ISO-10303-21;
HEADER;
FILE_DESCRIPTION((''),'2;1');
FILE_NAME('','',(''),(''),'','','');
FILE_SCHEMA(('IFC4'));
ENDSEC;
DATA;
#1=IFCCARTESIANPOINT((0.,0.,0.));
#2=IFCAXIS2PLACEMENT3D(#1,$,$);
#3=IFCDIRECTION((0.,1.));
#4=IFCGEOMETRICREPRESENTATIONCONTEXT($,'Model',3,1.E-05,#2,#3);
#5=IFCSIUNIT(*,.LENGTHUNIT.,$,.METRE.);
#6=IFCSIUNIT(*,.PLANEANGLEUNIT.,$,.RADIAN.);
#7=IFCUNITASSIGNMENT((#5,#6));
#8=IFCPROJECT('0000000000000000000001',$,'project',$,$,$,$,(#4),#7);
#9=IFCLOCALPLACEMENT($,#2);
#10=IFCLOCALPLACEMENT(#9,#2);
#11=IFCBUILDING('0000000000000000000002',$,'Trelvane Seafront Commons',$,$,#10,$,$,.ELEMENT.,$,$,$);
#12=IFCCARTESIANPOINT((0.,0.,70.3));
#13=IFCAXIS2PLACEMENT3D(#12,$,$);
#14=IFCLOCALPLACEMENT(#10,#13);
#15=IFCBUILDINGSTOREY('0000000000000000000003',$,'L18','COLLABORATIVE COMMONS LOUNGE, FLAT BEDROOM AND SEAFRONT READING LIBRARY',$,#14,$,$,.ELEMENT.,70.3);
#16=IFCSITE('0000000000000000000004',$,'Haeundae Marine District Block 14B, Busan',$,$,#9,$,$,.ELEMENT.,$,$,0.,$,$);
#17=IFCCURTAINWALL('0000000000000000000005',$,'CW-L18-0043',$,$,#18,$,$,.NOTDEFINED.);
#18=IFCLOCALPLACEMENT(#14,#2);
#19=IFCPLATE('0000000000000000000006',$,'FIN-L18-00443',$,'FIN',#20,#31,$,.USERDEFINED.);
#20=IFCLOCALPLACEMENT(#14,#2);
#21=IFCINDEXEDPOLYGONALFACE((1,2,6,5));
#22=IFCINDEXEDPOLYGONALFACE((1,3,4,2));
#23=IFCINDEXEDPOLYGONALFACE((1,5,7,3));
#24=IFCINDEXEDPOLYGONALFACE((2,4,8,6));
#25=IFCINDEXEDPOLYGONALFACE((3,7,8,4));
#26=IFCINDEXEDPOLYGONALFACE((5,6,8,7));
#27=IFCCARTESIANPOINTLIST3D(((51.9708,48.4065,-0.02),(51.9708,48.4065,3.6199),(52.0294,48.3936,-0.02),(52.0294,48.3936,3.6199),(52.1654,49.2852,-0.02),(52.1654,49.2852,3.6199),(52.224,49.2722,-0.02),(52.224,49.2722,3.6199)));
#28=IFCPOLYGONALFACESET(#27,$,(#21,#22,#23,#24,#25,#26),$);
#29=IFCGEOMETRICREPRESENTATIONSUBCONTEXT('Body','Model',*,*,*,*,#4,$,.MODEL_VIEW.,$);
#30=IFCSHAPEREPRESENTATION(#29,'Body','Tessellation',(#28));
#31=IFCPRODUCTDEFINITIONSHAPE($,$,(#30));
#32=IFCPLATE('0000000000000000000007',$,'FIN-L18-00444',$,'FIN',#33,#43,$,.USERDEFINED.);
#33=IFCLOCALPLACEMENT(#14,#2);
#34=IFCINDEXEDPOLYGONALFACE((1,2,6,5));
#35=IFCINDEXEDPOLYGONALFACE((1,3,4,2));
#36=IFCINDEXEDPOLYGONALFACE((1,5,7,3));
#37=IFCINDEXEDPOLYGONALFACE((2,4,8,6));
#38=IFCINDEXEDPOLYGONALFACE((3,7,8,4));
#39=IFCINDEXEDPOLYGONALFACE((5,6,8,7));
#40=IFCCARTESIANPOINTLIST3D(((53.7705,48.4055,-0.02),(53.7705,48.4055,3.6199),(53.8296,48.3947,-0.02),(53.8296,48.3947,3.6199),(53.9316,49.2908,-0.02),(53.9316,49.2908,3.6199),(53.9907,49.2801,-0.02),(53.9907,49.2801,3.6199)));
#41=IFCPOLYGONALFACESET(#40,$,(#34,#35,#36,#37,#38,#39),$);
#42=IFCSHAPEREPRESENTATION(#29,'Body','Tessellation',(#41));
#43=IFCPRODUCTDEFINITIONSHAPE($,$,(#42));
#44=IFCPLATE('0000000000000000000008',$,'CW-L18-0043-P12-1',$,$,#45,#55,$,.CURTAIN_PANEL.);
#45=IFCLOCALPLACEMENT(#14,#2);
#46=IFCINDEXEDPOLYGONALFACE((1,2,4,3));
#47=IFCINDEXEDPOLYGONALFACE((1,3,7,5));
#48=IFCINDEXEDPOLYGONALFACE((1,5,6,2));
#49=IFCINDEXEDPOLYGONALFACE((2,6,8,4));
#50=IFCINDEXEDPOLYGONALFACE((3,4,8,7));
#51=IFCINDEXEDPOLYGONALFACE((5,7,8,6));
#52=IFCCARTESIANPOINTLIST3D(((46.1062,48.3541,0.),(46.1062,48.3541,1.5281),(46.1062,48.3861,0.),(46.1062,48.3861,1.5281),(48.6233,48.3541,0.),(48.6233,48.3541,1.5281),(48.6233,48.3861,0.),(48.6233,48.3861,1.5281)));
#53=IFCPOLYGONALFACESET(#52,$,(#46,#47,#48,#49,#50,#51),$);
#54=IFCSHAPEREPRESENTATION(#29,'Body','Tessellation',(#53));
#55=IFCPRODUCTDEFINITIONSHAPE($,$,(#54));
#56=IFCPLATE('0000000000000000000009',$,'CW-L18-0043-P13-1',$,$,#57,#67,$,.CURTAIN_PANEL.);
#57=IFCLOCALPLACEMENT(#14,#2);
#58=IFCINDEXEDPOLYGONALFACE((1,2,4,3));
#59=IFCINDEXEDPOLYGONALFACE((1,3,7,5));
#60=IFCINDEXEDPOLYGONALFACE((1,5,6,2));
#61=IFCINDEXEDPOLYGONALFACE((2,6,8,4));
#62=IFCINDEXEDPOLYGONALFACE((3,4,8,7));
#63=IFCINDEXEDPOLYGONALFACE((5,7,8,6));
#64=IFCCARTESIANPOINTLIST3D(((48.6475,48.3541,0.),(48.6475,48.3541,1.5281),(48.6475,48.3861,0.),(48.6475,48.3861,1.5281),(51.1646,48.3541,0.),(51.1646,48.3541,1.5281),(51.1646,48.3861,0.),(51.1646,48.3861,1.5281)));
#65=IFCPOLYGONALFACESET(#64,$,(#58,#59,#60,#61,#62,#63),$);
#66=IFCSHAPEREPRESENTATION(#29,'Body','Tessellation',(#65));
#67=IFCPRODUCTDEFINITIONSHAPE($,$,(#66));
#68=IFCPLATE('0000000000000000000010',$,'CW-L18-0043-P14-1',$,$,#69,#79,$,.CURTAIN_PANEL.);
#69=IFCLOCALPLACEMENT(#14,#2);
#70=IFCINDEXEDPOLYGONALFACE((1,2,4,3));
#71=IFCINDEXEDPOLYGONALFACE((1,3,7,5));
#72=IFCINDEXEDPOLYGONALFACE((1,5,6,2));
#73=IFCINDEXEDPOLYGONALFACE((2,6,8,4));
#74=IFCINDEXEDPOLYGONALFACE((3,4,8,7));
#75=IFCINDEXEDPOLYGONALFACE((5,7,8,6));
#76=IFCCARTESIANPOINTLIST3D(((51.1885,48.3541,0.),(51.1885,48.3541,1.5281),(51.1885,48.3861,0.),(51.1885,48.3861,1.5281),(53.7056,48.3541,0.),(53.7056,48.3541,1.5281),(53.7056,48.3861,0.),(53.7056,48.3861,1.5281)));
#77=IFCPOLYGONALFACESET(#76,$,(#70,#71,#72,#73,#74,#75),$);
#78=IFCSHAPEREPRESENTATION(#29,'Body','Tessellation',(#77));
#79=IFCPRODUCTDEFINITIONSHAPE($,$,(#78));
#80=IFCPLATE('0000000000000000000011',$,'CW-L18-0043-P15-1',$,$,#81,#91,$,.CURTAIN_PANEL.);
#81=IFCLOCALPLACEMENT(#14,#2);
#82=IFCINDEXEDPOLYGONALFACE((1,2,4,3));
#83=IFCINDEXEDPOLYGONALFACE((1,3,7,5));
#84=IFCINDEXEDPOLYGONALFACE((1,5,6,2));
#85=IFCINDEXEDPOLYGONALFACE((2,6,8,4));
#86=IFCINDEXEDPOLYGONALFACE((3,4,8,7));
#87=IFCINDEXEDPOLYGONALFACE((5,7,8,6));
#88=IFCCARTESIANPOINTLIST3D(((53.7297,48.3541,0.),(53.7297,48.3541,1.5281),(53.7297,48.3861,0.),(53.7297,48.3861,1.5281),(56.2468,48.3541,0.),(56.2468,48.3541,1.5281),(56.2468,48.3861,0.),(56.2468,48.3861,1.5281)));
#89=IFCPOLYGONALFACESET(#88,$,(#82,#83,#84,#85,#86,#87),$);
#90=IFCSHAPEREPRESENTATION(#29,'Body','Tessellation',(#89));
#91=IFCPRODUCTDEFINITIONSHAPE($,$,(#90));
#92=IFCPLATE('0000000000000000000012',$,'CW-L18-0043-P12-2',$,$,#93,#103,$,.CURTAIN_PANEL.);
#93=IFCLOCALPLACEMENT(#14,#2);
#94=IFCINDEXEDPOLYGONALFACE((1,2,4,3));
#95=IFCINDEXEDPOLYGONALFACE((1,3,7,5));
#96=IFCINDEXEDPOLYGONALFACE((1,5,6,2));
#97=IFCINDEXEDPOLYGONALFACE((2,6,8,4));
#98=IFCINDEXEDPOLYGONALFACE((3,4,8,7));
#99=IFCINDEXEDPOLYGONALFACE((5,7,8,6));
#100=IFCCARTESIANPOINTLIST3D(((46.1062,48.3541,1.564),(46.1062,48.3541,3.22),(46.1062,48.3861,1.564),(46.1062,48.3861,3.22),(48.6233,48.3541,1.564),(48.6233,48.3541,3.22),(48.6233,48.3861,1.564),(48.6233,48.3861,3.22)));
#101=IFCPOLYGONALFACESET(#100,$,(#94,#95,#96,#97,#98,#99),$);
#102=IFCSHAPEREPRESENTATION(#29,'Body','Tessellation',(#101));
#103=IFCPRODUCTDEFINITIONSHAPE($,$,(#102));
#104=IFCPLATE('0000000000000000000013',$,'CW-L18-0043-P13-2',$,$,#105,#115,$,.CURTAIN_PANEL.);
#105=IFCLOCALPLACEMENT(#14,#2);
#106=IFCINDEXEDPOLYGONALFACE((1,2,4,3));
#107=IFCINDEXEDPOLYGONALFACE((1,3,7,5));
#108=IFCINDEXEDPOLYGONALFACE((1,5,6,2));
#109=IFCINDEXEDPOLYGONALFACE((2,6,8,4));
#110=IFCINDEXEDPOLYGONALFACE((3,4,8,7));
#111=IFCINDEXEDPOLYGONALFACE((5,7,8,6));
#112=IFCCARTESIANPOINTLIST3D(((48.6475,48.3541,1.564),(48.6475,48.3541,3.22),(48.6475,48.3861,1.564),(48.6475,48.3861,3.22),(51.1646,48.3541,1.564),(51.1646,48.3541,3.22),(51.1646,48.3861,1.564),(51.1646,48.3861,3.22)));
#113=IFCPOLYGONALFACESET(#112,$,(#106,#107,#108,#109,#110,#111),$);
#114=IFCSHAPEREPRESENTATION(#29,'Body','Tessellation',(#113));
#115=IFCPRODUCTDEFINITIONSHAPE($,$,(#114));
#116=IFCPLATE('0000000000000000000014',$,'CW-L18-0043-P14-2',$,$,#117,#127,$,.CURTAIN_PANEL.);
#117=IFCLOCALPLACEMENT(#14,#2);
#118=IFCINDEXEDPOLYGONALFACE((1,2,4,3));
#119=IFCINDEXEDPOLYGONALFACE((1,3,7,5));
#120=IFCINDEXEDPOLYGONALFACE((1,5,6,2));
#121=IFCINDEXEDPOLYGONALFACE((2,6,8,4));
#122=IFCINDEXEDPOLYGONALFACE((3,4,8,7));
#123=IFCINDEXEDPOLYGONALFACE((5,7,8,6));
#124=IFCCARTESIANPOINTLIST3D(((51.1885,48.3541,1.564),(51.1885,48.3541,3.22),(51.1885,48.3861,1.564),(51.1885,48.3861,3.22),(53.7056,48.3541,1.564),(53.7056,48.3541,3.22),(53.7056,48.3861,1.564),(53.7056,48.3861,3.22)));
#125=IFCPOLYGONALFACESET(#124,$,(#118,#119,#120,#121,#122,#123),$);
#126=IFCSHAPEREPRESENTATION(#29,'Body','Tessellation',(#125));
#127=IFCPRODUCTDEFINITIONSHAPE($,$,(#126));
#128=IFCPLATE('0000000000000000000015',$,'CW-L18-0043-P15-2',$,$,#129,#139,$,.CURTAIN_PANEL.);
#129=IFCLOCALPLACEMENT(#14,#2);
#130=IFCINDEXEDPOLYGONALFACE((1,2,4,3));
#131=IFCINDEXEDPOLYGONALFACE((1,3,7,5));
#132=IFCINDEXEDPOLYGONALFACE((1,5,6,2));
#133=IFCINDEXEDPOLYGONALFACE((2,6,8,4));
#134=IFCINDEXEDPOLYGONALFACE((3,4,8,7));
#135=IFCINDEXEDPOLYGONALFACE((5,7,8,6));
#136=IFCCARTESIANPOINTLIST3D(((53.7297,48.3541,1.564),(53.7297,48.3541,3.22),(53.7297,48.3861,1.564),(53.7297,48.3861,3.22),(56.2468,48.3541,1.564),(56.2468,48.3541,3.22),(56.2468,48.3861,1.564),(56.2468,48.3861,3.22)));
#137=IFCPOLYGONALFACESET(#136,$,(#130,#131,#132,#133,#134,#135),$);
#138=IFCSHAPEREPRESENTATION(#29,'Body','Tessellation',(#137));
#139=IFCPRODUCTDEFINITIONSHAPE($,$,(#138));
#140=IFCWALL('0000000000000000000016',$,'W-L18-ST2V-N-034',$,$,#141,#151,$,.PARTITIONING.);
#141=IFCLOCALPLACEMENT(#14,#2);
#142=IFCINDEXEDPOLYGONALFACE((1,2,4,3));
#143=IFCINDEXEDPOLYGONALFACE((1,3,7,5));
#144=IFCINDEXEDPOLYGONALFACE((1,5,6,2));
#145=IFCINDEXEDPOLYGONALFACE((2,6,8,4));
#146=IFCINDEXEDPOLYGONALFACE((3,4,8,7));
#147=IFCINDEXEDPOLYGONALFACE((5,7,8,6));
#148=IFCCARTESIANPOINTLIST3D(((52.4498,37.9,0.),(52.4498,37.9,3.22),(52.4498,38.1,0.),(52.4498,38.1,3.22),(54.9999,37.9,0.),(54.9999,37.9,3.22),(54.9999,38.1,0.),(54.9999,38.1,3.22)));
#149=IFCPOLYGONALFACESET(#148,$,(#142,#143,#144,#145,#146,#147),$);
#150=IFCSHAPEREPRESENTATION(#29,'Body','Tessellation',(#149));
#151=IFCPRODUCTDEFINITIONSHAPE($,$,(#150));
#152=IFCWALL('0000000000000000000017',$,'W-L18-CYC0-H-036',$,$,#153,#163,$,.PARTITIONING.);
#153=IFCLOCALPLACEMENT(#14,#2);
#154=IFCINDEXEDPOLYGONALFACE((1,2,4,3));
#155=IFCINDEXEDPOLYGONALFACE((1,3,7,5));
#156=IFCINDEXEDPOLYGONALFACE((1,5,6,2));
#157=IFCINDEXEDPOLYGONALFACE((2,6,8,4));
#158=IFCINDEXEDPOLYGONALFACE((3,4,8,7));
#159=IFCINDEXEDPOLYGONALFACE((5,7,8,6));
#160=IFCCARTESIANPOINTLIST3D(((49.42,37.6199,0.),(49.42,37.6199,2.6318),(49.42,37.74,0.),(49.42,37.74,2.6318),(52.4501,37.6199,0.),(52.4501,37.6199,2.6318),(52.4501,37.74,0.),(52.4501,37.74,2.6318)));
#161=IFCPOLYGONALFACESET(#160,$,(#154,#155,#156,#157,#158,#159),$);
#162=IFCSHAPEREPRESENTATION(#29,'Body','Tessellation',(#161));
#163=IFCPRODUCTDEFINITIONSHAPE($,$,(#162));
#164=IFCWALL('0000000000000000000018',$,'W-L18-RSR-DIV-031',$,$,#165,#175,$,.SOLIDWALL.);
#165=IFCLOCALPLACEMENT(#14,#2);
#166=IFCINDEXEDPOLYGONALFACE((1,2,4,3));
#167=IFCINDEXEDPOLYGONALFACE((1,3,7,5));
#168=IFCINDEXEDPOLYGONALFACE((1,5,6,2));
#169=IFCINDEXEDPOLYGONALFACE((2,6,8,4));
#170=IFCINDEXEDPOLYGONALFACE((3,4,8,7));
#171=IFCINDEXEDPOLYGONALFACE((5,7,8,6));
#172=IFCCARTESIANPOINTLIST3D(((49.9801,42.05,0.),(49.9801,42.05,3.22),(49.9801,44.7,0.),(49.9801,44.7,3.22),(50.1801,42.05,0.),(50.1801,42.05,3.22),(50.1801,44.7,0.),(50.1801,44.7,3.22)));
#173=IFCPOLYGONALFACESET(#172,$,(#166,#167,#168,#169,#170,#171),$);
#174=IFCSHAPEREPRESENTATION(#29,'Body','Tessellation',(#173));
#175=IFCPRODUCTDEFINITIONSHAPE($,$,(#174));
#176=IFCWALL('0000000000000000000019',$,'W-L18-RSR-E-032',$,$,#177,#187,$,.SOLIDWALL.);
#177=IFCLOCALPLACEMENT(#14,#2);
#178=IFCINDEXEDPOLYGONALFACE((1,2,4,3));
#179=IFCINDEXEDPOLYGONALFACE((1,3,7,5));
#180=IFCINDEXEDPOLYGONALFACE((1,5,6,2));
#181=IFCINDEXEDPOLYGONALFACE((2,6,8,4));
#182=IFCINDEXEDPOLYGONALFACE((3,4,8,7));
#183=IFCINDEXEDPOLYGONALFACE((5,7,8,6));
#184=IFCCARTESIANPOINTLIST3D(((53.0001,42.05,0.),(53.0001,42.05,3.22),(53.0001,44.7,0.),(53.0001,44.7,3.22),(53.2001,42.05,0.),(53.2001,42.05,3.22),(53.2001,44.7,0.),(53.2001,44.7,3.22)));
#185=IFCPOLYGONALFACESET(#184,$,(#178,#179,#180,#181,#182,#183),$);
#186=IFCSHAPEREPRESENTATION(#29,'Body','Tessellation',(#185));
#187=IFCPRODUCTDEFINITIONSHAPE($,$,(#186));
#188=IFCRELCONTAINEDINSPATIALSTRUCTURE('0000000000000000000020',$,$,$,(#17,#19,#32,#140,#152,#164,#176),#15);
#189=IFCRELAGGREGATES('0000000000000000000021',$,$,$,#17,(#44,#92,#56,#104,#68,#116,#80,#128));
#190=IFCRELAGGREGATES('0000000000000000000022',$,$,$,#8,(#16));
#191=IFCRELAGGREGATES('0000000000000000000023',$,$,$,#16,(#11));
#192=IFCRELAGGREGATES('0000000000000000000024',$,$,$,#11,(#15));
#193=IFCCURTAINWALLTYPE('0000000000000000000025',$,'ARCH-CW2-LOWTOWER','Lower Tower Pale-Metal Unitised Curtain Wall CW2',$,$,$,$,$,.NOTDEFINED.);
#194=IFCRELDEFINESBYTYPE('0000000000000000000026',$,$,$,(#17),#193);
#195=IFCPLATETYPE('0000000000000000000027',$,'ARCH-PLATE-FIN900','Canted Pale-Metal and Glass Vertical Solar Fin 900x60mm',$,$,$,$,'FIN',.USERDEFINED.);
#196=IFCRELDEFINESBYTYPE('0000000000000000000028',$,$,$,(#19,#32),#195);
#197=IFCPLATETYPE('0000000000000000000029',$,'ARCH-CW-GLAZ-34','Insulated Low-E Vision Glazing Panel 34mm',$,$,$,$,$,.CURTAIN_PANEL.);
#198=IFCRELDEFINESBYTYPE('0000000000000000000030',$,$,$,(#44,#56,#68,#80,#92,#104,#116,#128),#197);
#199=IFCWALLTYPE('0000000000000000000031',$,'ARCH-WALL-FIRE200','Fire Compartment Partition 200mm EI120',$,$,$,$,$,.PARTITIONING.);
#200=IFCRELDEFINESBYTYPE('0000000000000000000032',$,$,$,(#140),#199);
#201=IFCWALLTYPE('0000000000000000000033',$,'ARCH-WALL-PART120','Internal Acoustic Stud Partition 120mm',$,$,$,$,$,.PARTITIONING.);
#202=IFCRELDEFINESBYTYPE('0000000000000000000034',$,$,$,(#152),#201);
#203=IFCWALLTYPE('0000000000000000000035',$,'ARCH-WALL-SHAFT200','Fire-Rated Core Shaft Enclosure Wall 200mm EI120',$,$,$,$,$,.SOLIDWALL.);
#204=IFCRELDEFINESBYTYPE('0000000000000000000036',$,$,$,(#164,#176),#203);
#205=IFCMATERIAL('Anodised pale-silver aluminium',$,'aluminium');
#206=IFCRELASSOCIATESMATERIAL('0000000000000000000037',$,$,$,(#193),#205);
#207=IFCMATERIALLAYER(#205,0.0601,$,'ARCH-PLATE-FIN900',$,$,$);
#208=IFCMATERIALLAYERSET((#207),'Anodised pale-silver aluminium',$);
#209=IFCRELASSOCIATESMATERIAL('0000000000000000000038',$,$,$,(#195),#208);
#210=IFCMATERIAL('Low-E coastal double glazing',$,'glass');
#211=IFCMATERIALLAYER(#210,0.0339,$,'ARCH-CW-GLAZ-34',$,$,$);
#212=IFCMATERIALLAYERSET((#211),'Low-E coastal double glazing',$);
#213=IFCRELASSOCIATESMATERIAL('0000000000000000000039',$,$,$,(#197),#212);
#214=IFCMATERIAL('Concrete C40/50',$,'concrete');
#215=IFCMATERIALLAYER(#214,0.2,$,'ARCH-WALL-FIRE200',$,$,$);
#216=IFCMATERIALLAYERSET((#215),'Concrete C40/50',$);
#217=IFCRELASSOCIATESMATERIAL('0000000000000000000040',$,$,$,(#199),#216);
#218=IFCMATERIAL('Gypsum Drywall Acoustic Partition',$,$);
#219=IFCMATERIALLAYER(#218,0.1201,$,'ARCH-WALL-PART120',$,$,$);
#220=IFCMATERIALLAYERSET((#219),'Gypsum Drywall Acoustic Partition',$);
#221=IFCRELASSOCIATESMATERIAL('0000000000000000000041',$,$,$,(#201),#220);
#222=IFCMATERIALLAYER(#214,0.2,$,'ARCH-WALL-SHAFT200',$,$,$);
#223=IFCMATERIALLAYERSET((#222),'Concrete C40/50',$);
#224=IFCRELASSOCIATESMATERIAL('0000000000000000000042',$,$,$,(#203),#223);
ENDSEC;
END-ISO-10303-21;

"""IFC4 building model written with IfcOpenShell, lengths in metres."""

from ifc_helpers import new_model, si_unit, direction, frame, frame_2d, origin, origin_2d, place, context, subcontext, project, spatial, rectangle, extrude, source, transform, mapped, material, layer, layer_set, type_object, element, aggregate, save


model = new_model("IFC4")

# Units and contexts
model_context = context("Model", 3, precision=1e-05, world=origin(), true_north=direction((0.0, 1.0)))
body_context = subcontext(model_context, "Body", "Model", "MODEL_VIEW")
ifc_project = project(units=[si_unit("LENGTHUNIT", "METRE"), si_unit("PLANEANGLEUNIT", "RADIAN")], contexts=[model_context])

# Site, building, storey
site_placement = place(None, origin())
site = spatial("IfcSite", under=ifc_project, at=site_placement, Name="Haeundae Marine District Block 14B, Busan", CompositionType="ELEMENT", RefElevation=0.0)
building_placement = place(site_placement, origin())
building = spatial("IfcBuilding", under=site, at=building_placement, Name="Trelvane Seafront Commons", CompositionType="ELEMENT")
storey_placement = place(building_placement, frame((0.0, 0.0, 70.3)))
storey = spatial("IfcBuildingStorey", under=building, at=storey_placement, Name="L18", Description="COLLABORATIVE COMMONS LOUNGE, FLAT BEDROOM AND SEAFRONT READING LIBRARY", CompositionType="ELEMENT", Elevation=70.3)

# Curtain wall
ifc_material_1 = material(Name="Anodised pale-silver aluminium", Category="aluminium")
curtain_wall_type = type_object("IfcCurtainWallType", Name="ARCH-CW2-LOWTOWER", Description="Lower Tower Pale-Metal Unitised Curtain Wall CW2", PredefinedType="NOTDEFINED", material=ifc_material_1)
curtain_wall_placement = place(storey_placement, origin())
curtain_wall = element("IfcCurtainWall", 1, at=curtain_wall_placement, inside=storey, type_object=curtain_wall_type, Name="CW-L18-0043", PredefinedType="NOTDEFINED")

# Plates
ifc_layer_1 = layer(ifc_material_1, 0.0601, Name="ARCH-PLATE-FIN900")
ifc_layer_set_1 = layer_set([ifc_layer_1], Name="Anodised pale-silver aluminium")
plate_type_1 = type_object("IfcPlateType", Name="ARCH-PLATE-FIN900", Description="Canted Pale-Metal and Glass Vertical Solar Fin 900x60mm", ElementType="FIN", PredefinedType="USERDEFINED", material=ifc_layer_set_1)
shared_shape_1 = source(origin(), body_context, "Body", "SweptSolid", [
    extrude(rectangle(XDim=0.8999, YDim=0.0601, at=origin_2d()), origin(), (0.0, 0.0, 1.0), 3.6399),
])
for number, where, z_axis, x_axis, name in (
    (2, (52.0974, 48.8394, -0.02), (0.0, 0.0, 1.0), (0.216225, 0.976344, 0.0), "FIN-L18-00443"),
    (3, (53.8806, 48.8428, -0.02), (0.0, 0.0, 1.0), (0.178993, 0.98385, 0.0), "FIN-L18-00444"),
):
    element("IfcPlate", number, at=place(storey_placement, frame(where, z_axis=z_axis, x_axis=x_axis)), inside=storey, type_object=plate_type_1, Name=name, ObjectType="FIN", PredefinedType="USERDEFINED", context=body_context, shape_type="MappedRepresentation", body=[
        mapped(shared_shape_1, transform((0.0, 0.0, 0.0), x_axis=(1.0, 0.0, 0.0), y_axis=(0.0, 1.0, 0.0), z_axis=(0.0, 0.0, 1.0), scale=1.0)),
    ])

# Plates
ifc_material_2 = material(Name="Low-E coastal double glazing", Category="glass")
ifc_layer_2 = layer(ifc_material_2, 0.0339, Name="ARCH-CW-GLAZ-34")
ifc_layer_set_2 = layer_set([ifc_layer_2], Name="Low-E coastal double glazing")
plate_type_2 = type_object("IfcPlateType", Name="ARCH-CW-GLAZ-34", Description="Insulated Low-E Vision Glazing Panel 34mm", PredefinedType="CURTAIN_PANEL", material=ifc_layer_set_2)
shared_shape_2 = source(origin(), body_context, "Body", "SweptSolid", [
    extrude(rectangle(XDim=2.5171, YDim=0.032, at=origin_2d()), origin(), (0.0, 0.0, 1.0), 1.5281),
])
plate_1_placement = place(storey_placement, frame((47.3647, 48.3701, 0.0), z_axis=(0.0, 0.0, 1.0), x_axis=(1.0, 0.0, 0.0)))
plate_1 = element("IfcPlate", 4, at=plate_1_placement, type_object=plate_type_2, Name="CW-L18-0043-P12-1", PredefinedType="CURTAIN_PANEL", context=body_context, shape_type="MappedRepresentation", body=[
    mapped(shared_shape_2, transform((0.0, 0.0, 0.0), x_axis=(1.0, 0.0, 0.0), y_axis=(0.0, 1.0, 0.0), z_axis=(0.0, 0.0, 1.0), scale=1.0)),
])
plate_2_placement = place(storey_placement, frame((49.906, 48.3701, 0.0), z_axis=(0.0, 0.0, 1.0), x_axis=(1.0, 0.0, 0.0)))
plate_2 = element("IfcPlate", 5, at=plate_2_placement, type_object=plate_type_2, Name="CW-L18-0043-P13-1", PredefinedType="CURTAIN_PANEL", context=body_context, shape_type="MappedRepresentation", body=[
    mapped(shared_shape_2, transform((0.0, 0.0, 0.0), x_axis=(1.0, 0.0, 0.0), y_axis=(0.0, 1.0, 0.0), z_axis=(0.0, 0.0, 1.0), scale=1.0)),
])
plate_3_placement = place(storey_placement, frame((52.447, 48.3701, 0.0), z_axis=(0.0, 0.0, 1.0), x_axis=(1.0, 0.0, 0.0)))
plate_3 = element("IfcPlate", 6, at=plate_3_placement, type_object=plate_type_2, Name="CW-L18-0043-P14-1", PredefinedType="CURTAIN_PANEL", context=body_context, shape_type="MappedRepresentation", body=[
    mapped(shared_shape_2, transform((0.0, 0.0, 0.0), x_axis=(1.0, 0.0, 0.0), y_axis=(0.0, 1.0, 0.0), z_axis=(0.0, 0.0, 1.0), scale=1.0)),
])
plate_4_placement = place(storey_placement, frame((54.9883, 48.3701, 0.0), z_axis=(0.0, 0.0, 1.0), x_axis=(1.0, 0.0, 0.0)))
plate_4 = element("IfcPlate", 7, at=plate_4_placement, type_object=plate_type_2, Name="CW-L18-0043-P15-1", PredefinedType="CURTAIN_PANEL", context=body_context, shape_type="MappedRepresentation", body=[
    mapped(shared_shape_2, transform((0.0, 0.0, 0.0), x_axis=(1.0, 0.0, 0.0), y_axis=(0.0, 1.0, 0.0), z_axis=(0.0, 0.0, 1.0), scale=1.0)),
])
shared_shape_3 = source(origin(), body_context, "Body", "SweptSolid", [
    extrude(rectangle(XDim=2.5171, YDim=0.032, at=origin_2d()), origin(), (0.0, 0.0, 1.0), 1.656),
])
plate_5_placement = place(storey_placement, frame((47.3647, 48.3701, 1.564), z_axis=(0.0, 0.0, 1.0), x_axis=(1.0, 0.0, 0.0)))
plate_5 = element("IfcPlate", 8, at=plate_5_placement, type_object=plate_type_2, Name="CW-L18-0043-P12-2", PredefinedType="CURTAIN_PANEL", context=body_context, shape_type="MappedRepresentation", body=[
    mapped(shared_shape_3, transform((0.0, 0.0, 0.0), x_axis=(1.0, 0.0, 0.0), y_axis=(0.0, 1.0, 0.0), z_axis=(0.0, 0.0, 1.0), scale=1.0)),
])
plate_6_placement = place(storey_placement, frame((49.906, 48.3701, 1.564), z_axis=(0.0, 0.0, 1.0), x_axis=(1.0, 0.0, 0.0)))
plate_6 = element("IfcPlate", 9, at=plate_6_placement, type_object=plate_type_2, Name="CW-L18-0043-P13-2", PredefinedType="CURTAIN_PANEL", context=body_context, shape_type="MappedRepresentation", body=[
    mapped(shared_shape_3, transform((0.0, 0.0, 0.0), x_axis=(1.0, 0.0, 0.0), y_axis=(0.0, 1.0, 0.0), z_axis=(0.0, 0.0, 1.0), scale=1.0)),
])
plate_7_placement = place(storey_placement, frame((52.447, 48.3701, 1.564), z_axis=(0.0, 0.0, 1.0), x_axis=(1.0, 0.0, 0.0)))
plate_7 = element("IfcPlate", 10, at=plate_7_placement, type_object=plate_type_2, Name="CW-L18-0043-P14-2", PredefinedType="CURTAIN_PANEL", context=body_context, shape_type="MappedRepresentation", body=[
    mapped(shared_shape_3, transform((0.0, 0.0, 0.0), x_axis=(1.0, 0.0, 0.0), y_axis=(0.0, 1.0, 0.0), z_axis=(0.0, 0.0, 1.0), scale=1.0)),
])
plate_8_placement = place(storey_placement, frame((54.9883, 48.3701, 1.564), z_axis=(0.0, 0.0, 1.0), x_axis=(1.0, 0.0, 0.0)))
plate_8 = element("IfcPlate", 11, at=plate_8_placement, type_object=plate_type_2, Name="CW-L18-0043-P15-2", PredefinedType="CURTAIN_PANEL", context=body_context, shape_type="MappedRepresentation", body=[
    mapped(shared_shape_3, transform((0.0, 0.0, 0.0), x_axis=(1.0, 0.0, 0.0), y_axis=(0.0, 1.0, 0.0), z_axis=(0.0, 0.0, 1.0), scale=1.0)),
])
aggregate(curtain_wall, [plate_1, plate_5, plate_2, plate_6, plate_3, plate_7, plate_4, plate_8])

# Walls
ifc_material_3 = material(Name="Concrete C40/50", Category="concrete")
ifc_layer_3 = layer(ifc_material_3, 0.2, Name="ARCH-WALL-FIRE200")
ifc_layer_set_3 = layer_set([ifc_layer_3], Name="Concrete C40/50")
wall_type_1 = type_object("IfcWallType", Name="ARCH-WALL-FIRE200", Description="Fire Compartment Partition 200mm EI120", PredefinedType="PARTITIONING", material=ifc_layer_set_3)
wall_1_placement = place(storey_placement, frame((52.45, 38.0, 0.0), z_axis=(0.0, 0.0, 1.0), x_axis=(1.0, 0.0, 0.0)))
element("IfcWall", 12, at=wall_1_placement, inside=storey, type_object=wall_type_1, Name="W-L18-ST2V-N-034", PredefinedType="PARTITIONING", context=body_context, shape_type="SweptSolid", body=[
    extrude(rectangle(XDim=2.55, YDim=0.2, at=frame_2d((1.2749, 0.0))), origin(), (0.0, 0.0, 1.0), 3.22),
])
ifc_material_4 = material(Name="Gypsum Drywall Acoustic Partition")
ifc_layer_4 = layer(ifc_material_4, 0.1201, Name="ARCH-WALL-PART120")
ifc_layer_set_4 = layer_set([ifc_layer_4], Name="Gypsum Drywall Acoustic Partition")
wall_type_2 = type_object("IfcWallType", Name="ARCH-WALL-PART120", Description="Internal Acoustic Stud Partition 120mm", PredefinedType="PARTITIONING", material=ifc_layer_set_4)
wall_2_placement = place(storey_placement, frame((49.4199, 37.6799, 0.0), z_axis=(0.0, 0.0, 1.0), x_axis=(1.0, 0.0, 0.0)))
element("IfcWall", 13, at=wall_2_placement, inside=storey, type_object=wall_type_2, Name="W-L18-CYC0-H-036", PredefinedType="PARTITIONING", context=body_context, shape_type="SweptSolid", body=[
    extrude(rectangle(XDim=3.03, YDim=0.1201, at=frame_2d((1.5151, 0.0))), origin(), (0.0, 0.0, 1.0), 2.6318),
])
ifc_layer_5 = layer(ifc_material_3, 0.2, Name="ARCH-WALL-SHAFT200")
ifc_layer_set_5 = layer_set([ifc_layer_5], Name="Concrete C40/50")
wall_type_3 = type_object("IfcWallType", Name="ARCH-WALL-SHAFT200", Description="Fire-Rated Core Shaft Enclosure Wall 200mm EI120", PredefinedType="SOLIDWALL", material=ifc_layer_set_5)
for number, where, z_axis, x_axis, name in (
    (14, (50.0801, 42.05, 0.0), (0.0, 0.0, 1.0), (0.0, 1.0, 0.0), "W-L18-RSR-DIV-031"),
    (15, (53.1001, 42.05, 0.0), (0.0, 0.0, 1.0), (0.0, 1.0, 0.0), "W-L18-RSR-E-032"),
):
    element("IfcWall", number, at=place(storey_placement, frame(where, z_axis=z_axis, x_axis=x_axis)), inside=storey, type_object=wall_type_3, Name=name, PredefinedType="SOLIDWALL", context=body_context, shape_type="SweptSolid", body=[
        extrude(rectangle(XDim=2.6499, YDim=0.2, at=frame_2d((1.325, 0.0))), origin(), (0.0, 0.0, 1.0), 3.22),
    ])

save(model, "model.ifc")
